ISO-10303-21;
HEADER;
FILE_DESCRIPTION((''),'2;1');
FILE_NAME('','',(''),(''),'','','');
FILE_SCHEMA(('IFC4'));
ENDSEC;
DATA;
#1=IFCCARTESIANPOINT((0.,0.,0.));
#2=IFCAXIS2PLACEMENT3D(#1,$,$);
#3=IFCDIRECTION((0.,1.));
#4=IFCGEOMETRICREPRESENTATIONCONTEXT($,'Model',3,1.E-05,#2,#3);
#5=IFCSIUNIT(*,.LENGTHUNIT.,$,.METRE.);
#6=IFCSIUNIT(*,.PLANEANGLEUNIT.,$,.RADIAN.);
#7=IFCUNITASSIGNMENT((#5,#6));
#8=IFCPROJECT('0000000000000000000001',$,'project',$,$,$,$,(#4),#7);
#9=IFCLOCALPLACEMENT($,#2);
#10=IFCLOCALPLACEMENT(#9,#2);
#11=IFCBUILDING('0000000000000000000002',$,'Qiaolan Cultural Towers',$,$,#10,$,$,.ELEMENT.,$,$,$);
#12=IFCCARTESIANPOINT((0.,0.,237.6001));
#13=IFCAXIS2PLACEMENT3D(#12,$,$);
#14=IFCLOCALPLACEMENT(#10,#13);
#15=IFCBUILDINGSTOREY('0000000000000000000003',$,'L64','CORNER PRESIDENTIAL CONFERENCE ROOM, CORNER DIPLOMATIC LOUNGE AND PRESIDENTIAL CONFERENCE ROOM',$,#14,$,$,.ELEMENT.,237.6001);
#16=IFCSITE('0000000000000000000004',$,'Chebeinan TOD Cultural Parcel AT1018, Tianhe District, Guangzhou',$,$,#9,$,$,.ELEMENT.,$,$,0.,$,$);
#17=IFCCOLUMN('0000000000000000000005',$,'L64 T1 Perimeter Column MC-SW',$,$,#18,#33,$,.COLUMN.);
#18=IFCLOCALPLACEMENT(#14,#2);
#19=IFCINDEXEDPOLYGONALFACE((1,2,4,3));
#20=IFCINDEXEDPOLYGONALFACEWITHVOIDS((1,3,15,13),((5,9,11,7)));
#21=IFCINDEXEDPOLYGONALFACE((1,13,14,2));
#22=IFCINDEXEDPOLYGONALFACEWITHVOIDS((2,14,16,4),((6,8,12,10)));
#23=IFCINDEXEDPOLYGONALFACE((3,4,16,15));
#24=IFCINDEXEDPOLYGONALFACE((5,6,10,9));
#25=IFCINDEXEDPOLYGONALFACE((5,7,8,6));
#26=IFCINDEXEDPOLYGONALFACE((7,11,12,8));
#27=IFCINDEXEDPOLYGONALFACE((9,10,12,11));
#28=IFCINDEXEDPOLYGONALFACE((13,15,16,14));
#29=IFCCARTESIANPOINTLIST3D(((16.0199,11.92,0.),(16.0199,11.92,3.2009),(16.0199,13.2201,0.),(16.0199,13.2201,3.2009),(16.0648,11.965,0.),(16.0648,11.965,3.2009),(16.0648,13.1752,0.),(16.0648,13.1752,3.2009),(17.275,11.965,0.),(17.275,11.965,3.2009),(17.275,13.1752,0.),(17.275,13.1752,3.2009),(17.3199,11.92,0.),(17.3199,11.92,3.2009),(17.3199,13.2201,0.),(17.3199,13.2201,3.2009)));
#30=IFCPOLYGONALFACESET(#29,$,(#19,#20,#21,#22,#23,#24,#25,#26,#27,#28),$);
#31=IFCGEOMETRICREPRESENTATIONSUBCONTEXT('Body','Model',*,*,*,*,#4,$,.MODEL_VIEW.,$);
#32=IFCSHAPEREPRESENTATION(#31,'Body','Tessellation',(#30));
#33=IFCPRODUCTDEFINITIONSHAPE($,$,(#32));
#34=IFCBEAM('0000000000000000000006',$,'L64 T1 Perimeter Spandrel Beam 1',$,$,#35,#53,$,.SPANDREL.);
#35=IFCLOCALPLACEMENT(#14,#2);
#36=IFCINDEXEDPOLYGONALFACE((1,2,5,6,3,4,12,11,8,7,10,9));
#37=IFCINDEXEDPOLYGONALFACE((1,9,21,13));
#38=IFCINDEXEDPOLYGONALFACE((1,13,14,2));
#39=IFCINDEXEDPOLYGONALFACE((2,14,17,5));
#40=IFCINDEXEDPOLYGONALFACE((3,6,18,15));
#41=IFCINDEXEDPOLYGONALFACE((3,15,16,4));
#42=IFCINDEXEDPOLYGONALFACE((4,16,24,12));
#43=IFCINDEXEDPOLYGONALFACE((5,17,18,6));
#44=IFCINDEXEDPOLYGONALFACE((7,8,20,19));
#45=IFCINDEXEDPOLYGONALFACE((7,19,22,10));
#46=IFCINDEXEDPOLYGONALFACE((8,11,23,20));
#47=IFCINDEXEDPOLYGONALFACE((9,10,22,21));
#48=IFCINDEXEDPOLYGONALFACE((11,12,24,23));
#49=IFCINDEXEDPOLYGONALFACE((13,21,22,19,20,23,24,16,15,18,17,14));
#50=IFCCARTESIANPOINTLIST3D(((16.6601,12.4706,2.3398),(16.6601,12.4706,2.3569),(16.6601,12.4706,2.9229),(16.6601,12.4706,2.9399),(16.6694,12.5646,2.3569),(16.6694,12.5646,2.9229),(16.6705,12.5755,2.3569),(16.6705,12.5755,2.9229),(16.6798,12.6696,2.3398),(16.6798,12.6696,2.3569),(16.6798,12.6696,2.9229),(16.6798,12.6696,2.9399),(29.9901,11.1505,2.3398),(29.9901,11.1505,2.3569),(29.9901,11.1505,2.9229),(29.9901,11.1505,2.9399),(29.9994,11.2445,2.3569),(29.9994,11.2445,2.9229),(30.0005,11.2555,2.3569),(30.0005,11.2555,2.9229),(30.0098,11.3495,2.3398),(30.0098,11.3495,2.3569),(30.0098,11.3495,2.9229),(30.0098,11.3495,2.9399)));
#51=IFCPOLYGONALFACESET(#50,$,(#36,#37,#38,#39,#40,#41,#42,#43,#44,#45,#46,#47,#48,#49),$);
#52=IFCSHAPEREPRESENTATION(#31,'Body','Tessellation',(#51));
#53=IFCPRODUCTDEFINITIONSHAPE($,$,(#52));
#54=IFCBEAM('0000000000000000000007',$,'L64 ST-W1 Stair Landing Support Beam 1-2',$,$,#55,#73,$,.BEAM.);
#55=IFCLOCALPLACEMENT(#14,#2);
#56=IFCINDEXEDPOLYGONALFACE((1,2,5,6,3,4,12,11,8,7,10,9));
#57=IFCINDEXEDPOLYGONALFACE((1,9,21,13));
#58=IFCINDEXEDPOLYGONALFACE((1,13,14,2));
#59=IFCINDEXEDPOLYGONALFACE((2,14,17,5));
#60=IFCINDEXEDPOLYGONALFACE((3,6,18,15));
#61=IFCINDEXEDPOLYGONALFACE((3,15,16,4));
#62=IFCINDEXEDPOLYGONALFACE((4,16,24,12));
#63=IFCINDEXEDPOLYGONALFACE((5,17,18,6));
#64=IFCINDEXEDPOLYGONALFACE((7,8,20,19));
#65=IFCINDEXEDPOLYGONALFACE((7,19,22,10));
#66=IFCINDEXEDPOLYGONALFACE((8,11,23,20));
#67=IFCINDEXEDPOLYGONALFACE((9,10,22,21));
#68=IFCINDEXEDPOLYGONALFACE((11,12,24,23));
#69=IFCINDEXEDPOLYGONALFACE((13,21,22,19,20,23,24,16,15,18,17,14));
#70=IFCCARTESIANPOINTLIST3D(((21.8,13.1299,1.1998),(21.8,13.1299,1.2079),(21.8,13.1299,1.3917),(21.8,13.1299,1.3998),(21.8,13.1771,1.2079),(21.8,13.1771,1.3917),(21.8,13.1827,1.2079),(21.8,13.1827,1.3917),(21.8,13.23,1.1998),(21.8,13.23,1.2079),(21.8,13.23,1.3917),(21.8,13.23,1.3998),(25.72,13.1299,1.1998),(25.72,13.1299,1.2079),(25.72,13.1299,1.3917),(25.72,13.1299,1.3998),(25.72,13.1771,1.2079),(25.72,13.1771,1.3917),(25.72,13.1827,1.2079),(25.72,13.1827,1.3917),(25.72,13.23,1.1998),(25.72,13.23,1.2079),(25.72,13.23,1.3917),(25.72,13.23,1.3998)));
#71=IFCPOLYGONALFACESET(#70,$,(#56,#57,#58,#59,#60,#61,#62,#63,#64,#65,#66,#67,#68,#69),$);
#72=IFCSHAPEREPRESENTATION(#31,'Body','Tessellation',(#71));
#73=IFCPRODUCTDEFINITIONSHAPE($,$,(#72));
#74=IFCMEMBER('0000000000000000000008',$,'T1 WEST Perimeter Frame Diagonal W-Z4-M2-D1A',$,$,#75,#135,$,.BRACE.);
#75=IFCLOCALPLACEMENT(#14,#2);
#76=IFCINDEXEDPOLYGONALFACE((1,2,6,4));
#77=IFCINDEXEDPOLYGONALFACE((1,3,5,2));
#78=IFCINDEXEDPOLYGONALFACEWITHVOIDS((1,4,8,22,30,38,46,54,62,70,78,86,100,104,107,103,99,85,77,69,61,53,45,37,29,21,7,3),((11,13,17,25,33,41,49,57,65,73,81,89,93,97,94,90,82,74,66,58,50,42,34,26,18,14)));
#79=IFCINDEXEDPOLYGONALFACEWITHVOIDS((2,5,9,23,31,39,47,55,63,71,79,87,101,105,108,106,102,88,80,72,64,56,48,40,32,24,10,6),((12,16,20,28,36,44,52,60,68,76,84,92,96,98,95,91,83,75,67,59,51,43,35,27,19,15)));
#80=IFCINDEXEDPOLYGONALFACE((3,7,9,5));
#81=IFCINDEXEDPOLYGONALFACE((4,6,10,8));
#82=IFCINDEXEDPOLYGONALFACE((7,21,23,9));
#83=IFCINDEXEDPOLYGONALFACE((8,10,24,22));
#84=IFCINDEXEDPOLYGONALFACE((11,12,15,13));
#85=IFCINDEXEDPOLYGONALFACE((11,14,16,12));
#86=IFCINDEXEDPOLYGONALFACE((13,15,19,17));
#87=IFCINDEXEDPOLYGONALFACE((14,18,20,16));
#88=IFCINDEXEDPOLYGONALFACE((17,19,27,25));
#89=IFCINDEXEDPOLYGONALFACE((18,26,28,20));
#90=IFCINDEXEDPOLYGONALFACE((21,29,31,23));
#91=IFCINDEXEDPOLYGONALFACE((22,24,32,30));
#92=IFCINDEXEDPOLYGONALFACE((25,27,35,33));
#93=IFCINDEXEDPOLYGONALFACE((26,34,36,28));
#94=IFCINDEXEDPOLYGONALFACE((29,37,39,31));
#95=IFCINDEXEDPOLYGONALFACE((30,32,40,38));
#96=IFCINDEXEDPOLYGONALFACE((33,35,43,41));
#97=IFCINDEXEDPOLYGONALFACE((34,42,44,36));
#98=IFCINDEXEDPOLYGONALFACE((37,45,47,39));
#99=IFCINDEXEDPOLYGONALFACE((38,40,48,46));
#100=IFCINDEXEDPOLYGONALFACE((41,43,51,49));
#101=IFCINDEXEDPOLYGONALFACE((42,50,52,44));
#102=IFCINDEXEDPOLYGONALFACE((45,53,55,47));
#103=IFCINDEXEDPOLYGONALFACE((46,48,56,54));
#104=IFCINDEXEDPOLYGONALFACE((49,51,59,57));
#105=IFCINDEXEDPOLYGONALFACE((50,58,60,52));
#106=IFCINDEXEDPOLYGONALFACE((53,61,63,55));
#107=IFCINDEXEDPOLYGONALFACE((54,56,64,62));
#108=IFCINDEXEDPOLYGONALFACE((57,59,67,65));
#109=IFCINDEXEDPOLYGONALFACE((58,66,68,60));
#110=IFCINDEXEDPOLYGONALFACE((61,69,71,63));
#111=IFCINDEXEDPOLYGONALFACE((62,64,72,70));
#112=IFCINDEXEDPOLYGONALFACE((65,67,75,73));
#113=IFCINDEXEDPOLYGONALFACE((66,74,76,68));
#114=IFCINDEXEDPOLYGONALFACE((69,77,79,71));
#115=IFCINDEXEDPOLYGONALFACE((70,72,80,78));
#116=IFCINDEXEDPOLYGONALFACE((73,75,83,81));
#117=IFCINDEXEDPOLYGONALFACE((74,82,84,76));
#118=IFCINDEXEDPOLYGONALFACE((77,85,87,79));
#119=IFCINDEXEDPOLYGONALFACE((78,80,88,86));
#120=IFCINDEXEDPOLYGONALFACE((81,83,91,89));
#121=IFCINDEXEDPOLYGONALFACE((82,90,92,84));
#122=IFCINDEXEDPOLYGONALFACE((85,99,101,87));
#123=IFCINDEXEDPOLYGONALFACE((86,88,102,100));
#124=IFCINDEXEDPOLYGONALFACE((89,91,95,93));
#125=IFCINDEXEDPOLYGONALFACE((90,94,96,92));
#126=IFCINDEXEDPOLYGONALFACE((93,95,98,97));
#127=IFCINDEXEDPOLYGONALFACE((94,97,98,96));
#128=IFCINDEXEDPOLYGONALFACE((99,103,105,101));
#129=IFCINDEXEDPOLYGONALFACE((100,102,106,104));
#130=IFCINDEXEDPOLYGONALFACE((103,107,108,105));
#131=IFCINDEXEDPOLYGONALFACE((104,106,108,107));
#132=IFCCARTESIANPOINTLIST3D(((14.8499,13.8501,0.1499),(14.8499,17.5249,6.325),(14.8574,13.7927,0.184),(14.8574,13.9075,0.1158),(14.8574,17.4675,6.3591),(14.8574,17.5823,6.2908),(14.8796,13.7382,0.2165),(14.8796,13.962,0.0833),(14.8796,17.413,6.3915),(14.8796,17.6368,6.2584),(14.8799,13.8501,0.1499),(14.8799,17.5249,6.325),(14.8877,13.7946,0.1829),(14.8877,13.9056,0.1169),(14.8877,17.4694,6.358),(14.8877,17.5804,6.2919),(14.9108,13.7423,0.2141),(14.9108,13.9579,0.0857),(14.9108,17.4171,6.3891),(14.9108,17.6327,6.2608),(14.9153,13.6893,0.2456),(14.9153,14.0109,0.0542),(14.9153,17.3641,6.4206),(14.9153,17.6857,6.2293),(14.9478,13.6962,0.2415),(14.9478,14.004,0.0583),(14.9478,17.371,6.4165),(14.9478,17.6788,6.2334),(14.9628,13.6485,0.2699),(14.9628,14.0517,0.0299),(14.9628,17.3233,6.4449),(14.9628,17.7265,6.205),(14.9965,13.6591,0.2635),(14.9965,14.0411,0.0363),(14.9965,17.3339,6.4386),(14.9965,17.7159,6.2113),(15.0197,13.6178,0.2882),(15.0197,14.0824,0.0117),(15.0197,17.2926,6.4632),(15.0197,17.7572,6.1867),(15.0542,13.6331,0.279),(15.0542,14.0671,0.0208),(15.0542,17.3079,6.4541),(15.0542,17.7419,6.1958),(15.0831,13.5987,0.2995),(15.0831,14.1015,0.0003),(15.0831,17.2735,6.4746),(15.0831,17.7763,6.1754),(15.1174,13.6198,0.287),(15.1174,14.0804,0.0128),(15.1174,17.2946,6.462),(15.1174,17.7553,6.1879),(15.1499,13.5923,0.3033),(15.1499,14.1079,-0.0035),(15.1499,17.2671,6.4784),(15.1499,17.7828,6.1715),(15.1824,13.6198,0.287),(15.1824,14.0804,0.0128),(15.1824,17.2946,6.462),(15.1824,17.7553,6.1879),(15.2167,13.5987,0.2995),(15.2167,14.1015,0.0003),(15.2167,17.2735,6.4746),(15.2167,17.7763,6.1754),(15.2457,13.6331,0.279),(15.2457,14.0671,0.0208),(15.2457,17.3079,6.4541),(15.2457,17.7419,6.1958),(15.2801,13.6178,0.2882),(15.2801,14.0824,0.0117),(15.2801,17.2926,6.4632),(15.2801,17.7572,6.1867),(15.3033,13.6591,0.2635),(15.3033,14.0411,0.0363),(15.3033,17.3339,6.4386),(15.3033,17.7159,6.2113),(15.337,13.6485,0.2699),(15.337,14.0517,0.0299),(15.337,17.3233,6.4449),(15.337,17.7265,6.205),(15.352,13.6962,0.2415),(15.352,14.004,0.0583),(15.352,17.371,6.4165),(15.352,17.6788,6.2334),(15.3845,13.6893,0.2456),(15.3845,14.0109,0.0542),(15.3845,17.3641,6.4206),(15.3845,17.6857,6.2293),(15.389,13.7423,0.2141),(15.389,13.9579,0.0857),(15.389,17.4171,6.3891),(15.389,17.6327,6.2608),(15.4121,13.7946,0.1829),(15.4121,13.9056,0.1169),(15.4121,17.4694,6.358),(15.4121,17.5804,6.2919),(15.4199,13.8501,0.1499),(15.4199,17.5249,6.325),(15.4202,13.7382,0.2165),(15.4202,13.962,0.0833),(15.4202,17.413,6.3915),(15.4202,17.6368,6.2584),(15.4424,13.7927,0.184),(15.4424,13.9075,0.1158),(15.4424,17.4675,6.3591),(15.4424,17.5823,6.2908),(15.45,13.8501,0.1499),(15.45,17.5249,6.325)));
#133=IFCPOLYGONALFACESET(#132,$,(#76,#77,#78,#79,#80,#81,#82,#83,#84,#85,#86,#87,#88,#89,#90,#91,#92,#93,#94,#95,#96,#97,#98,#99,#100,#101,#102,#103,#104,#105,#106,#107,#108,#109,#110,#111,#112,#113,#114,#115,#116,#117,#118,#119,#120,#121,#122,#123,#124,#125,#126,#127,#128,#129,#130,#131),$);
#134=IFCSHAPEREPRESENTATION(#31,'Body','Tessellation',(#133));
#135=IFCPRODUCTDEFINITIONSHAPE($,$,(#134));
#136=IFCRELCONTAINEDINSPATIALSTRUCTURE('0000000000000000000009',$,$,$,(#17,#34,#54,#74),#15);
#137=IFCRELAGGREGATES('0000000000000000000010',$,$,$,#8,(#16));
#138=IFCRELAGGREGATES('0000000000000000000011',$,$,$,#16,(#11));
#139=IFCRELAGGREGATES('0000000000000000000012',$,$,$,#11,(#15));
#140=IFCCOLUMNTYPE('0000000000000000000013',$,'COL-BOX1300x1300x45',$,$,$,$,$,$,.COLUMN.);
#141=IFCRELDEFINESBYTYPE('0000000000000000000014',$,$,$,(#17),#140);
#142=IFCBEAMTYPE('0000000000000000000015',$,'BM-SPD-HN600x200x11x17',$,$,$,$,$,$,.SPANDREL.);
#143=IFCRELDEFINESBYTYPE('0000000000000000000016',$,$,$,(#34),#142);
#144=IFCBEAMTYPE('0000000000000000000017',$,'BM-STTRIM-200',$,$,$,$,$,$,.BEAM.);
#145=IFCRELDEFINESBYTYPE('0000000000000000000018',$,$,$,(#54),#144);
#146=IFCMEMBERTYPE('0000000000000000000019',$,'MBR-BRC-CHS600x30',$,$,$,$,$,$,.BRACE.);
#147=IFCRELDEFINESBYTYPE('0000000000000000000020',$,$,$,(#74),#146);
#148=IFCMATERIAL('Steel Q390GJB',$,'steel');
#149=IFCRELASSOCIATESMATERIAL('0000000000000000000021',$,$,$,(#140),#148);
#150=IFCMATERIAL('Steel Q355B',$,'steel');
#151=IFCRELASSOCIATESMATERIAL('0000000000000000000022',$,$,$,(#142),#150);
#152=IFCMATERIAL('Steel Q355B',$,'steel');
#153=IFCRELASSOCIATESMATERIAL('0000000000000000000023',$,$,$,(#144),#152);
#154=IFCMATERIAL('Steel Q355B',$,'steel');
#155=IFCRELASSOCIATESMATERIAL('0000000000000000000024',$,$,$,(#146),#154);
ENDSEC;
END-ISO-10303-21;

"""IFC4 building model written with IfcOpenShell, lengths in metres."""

from ifc_helpers import new_model, si_unit, direction, frame, origin, origin_2d, place, context, subcontext, project, spatial, hollow_rectangle, hollow_circle, i_section, extrude, material, material_profile, profile_set, type_object, element, save


model = new_model("IFC4")

# Units and contexts
model_context = context("Model", 3, precision=1e-05, world=origin(), true_north=direction((0.0, 1.0)))
body_context = subcontext(model_context, "Body", "Model", "MODEL_VIEW")
ifc_project = project(units=[si_unit("LENGTHUNIT", "METRE"), si_unit("PLANEANGLEUNIT", "RADIAN")], contexts=[model_context])

# Site, building, storey
site_placement = place(None, origin())
site = spatial("IfcSite", under=ifc_project, at=site_placement, Name="Chebeinan TOD Cultural Parcel AT1018, Tianhe District, Guangzhou", CompositionType="ELEMENT", RefElevation=0.0)
building_placement = place(site_placement, origin())
building = spatial("IfcBuilding", under=site, at=building_placement, Name="Qiaolan Cultural Towers", CompositionType="ELEMENT")
storey_placement = place(building_placement, frame((0.0, 0.0, 237.6001)))
storey = spatial("IfcBuildingStorey", under=building, at=storey_placement, Name="L64", Description="CORNER PRESIDENTIAL CONFERENCE ROOM, CORNER DIPLOMATIC LOUNGE AND PRESIDENTIAL CONFERENCE ROOM", CompositionType="ELEMENT", Elevation=237.6001)

# Column
ifc_material_1 = material(Name="Steel Q390GJB", Category="steel")
ifc_material_profile_1 = material_profile(ifc_material_1, hollow_rectangle(XDim=1.3, YDim=1.3, WallThickness=0.0449, at=origin_2d()), Name="BOX1300x1300x45")
ifc_profile_set_1 = profile_set([ifc_material_profile_1], Name="Steel Q390GJB")
column_type = type_object("IfcColumnType", Name="COL-BOX1300x1300x45", PredefinedType="COLUMN", material=ifc_profile_set_1)
column_placement = place(storey_placement, frame((16.6699, 12.5701, 0.0), z_axis=(0.0, 0.0, 1.0), x_axis=(1.0, 0.0, 0.0)))
element("IfcColumn", 1, at=column_placement, inside=storey, type_object=column_type, Name="L64 T1 Perimeter Column MC-SW", PredefinedType="COLUMN", context=body_context, shape_type="SweptSolid", body=[
    extrude(hollow_rectangle(XDim=1.3, YDim=1.3, WallThickness=0.0449, at=origin_2d()), origin(), (0.0, 0.0, 1.0), 3.2009),
])

# Beams
ifc_material_2 = material(Name="Steel Q355B", Category="steel")
ifc_material_profile_2 = material_profile(ifc_material_2, i_section(OverallWidth=0.2, OverallDepth=0.6001, WebThickness=0.011, FlangeThickness=0.0171, at=origin_2d()), Name="HN600x200x11x17")
ifc_profile_set_2 = profile_set([ifc_material_profile_2], Name="Steel Q355B")
beam_type_1 = type_object("IfcBeamType", Name="BM-SPD-HN600x200x11x17", PredefinedType="SPANDREL", material=ifc_profile_set_2)
beam_1_placement = place(storey_placement, frame((16.6699, 12.5701, 2.6399), z_axis=(0.995132, -0.098547, 0.0), x_axis=(0.098547, 0.995132, 0.0)))
element("IfcBeam", 2, at=beam_1_placement, inside=storey, type_object=beam_type_1, Name="L64 T1 Perimeter Spandrel Beam 1", PredefinedType="SPANDREL", context=body_context, shape_type="SweptSolid", body=[
    extrude(i_section(OverallWidth=0.2, OverallDepth=0.6001, WebThickness=0.011, FlangeThickness=0.0171, at=origin_2d()), origin(), (0.0, 0.0, 1.0), 13.3953),
])
ifc_material_3 = material(Name="Steel Q355B", Category="steel")
ifc_material_profile_3 = material_profile(ifc_material_3, i_section(OverallWidth=0.1001, OverallDepth=0.2, WebThickness=0.0056, FlangeThickness=0.0081, at=origin_2d()), Name="HN200x100x5.5x8")
ifc_profile_set_3 = profile_set([ifc_material_profile_3], Name="Steel Q355B")
beam_type_2 = type_object("IfcBeamType", Name="BM-STTRIM-200", PredefinedType="BEAM", material=ifc_profile_set_3)
beam_2_placement = place(storey_placement, frame((21.8, 13.1799, 1.2998), z_axis=(1.0, 0.0, 0.0), x_axis=(0.0, 1.0, 0.0)))
element("IfcBeam", 3, at=beam_2_placement, inside=storey, type_object=beam_type_2, Name="L64 ST-W1 Stair Landing Support Beam 1-2", PredefinedType="BEAM", context=body_context, shape_type="SweptSolid", body=[
    extrude(i_section(OverallWidth=0.1001, OverallDepth=0.2, WebThickness=0.0056, FlangeThickness=0.0081, at=origin_2d()), origin(), (0.0, 0.0, 1.0), 3.9199),
])

# Member
ifc_material_4 = material(Name="Steel Q355B", Category="steel")
ifc_material_profile_4 = material_profile(ifc_material_4, hollow_circle(Radius=0.3, WallThickness=0.03, at=origin_2d()), Name="CHS600x30")
ifc_profile_set_4 = profile_set([ifc_material_profile_4], Name="Steel Q355B")
member_type = type_object("IfcMemberType", Name="MBR-BRC-CHS600x30", PredefinedType="BRACE", material=ifc_profile_set_4)
member_1_placement = place(storey_placement, frame((15.1499, 13.8501, 0.1499), z_axis=(0.0, 0.5114, 0.859343), x_axis=(-1.0, 0.0, 0.0)))
element("IfcMember", 4, at=member_1_placement, inside=storey, type_object=member_type, Name="T1 WEST Perimeter Frame Diagonal W-Z4-M2-D1A", PredefinedType="BRACE", context=body_context, shape_type="SweptSolid", body=[
    extrude(hollow_circle(Radius=0.3, WallThickness=0.03, at=origin_2d()), origin(), (0.0, 0.0, 1.0), 7.1858),
])

save(model, "model.ifc")
